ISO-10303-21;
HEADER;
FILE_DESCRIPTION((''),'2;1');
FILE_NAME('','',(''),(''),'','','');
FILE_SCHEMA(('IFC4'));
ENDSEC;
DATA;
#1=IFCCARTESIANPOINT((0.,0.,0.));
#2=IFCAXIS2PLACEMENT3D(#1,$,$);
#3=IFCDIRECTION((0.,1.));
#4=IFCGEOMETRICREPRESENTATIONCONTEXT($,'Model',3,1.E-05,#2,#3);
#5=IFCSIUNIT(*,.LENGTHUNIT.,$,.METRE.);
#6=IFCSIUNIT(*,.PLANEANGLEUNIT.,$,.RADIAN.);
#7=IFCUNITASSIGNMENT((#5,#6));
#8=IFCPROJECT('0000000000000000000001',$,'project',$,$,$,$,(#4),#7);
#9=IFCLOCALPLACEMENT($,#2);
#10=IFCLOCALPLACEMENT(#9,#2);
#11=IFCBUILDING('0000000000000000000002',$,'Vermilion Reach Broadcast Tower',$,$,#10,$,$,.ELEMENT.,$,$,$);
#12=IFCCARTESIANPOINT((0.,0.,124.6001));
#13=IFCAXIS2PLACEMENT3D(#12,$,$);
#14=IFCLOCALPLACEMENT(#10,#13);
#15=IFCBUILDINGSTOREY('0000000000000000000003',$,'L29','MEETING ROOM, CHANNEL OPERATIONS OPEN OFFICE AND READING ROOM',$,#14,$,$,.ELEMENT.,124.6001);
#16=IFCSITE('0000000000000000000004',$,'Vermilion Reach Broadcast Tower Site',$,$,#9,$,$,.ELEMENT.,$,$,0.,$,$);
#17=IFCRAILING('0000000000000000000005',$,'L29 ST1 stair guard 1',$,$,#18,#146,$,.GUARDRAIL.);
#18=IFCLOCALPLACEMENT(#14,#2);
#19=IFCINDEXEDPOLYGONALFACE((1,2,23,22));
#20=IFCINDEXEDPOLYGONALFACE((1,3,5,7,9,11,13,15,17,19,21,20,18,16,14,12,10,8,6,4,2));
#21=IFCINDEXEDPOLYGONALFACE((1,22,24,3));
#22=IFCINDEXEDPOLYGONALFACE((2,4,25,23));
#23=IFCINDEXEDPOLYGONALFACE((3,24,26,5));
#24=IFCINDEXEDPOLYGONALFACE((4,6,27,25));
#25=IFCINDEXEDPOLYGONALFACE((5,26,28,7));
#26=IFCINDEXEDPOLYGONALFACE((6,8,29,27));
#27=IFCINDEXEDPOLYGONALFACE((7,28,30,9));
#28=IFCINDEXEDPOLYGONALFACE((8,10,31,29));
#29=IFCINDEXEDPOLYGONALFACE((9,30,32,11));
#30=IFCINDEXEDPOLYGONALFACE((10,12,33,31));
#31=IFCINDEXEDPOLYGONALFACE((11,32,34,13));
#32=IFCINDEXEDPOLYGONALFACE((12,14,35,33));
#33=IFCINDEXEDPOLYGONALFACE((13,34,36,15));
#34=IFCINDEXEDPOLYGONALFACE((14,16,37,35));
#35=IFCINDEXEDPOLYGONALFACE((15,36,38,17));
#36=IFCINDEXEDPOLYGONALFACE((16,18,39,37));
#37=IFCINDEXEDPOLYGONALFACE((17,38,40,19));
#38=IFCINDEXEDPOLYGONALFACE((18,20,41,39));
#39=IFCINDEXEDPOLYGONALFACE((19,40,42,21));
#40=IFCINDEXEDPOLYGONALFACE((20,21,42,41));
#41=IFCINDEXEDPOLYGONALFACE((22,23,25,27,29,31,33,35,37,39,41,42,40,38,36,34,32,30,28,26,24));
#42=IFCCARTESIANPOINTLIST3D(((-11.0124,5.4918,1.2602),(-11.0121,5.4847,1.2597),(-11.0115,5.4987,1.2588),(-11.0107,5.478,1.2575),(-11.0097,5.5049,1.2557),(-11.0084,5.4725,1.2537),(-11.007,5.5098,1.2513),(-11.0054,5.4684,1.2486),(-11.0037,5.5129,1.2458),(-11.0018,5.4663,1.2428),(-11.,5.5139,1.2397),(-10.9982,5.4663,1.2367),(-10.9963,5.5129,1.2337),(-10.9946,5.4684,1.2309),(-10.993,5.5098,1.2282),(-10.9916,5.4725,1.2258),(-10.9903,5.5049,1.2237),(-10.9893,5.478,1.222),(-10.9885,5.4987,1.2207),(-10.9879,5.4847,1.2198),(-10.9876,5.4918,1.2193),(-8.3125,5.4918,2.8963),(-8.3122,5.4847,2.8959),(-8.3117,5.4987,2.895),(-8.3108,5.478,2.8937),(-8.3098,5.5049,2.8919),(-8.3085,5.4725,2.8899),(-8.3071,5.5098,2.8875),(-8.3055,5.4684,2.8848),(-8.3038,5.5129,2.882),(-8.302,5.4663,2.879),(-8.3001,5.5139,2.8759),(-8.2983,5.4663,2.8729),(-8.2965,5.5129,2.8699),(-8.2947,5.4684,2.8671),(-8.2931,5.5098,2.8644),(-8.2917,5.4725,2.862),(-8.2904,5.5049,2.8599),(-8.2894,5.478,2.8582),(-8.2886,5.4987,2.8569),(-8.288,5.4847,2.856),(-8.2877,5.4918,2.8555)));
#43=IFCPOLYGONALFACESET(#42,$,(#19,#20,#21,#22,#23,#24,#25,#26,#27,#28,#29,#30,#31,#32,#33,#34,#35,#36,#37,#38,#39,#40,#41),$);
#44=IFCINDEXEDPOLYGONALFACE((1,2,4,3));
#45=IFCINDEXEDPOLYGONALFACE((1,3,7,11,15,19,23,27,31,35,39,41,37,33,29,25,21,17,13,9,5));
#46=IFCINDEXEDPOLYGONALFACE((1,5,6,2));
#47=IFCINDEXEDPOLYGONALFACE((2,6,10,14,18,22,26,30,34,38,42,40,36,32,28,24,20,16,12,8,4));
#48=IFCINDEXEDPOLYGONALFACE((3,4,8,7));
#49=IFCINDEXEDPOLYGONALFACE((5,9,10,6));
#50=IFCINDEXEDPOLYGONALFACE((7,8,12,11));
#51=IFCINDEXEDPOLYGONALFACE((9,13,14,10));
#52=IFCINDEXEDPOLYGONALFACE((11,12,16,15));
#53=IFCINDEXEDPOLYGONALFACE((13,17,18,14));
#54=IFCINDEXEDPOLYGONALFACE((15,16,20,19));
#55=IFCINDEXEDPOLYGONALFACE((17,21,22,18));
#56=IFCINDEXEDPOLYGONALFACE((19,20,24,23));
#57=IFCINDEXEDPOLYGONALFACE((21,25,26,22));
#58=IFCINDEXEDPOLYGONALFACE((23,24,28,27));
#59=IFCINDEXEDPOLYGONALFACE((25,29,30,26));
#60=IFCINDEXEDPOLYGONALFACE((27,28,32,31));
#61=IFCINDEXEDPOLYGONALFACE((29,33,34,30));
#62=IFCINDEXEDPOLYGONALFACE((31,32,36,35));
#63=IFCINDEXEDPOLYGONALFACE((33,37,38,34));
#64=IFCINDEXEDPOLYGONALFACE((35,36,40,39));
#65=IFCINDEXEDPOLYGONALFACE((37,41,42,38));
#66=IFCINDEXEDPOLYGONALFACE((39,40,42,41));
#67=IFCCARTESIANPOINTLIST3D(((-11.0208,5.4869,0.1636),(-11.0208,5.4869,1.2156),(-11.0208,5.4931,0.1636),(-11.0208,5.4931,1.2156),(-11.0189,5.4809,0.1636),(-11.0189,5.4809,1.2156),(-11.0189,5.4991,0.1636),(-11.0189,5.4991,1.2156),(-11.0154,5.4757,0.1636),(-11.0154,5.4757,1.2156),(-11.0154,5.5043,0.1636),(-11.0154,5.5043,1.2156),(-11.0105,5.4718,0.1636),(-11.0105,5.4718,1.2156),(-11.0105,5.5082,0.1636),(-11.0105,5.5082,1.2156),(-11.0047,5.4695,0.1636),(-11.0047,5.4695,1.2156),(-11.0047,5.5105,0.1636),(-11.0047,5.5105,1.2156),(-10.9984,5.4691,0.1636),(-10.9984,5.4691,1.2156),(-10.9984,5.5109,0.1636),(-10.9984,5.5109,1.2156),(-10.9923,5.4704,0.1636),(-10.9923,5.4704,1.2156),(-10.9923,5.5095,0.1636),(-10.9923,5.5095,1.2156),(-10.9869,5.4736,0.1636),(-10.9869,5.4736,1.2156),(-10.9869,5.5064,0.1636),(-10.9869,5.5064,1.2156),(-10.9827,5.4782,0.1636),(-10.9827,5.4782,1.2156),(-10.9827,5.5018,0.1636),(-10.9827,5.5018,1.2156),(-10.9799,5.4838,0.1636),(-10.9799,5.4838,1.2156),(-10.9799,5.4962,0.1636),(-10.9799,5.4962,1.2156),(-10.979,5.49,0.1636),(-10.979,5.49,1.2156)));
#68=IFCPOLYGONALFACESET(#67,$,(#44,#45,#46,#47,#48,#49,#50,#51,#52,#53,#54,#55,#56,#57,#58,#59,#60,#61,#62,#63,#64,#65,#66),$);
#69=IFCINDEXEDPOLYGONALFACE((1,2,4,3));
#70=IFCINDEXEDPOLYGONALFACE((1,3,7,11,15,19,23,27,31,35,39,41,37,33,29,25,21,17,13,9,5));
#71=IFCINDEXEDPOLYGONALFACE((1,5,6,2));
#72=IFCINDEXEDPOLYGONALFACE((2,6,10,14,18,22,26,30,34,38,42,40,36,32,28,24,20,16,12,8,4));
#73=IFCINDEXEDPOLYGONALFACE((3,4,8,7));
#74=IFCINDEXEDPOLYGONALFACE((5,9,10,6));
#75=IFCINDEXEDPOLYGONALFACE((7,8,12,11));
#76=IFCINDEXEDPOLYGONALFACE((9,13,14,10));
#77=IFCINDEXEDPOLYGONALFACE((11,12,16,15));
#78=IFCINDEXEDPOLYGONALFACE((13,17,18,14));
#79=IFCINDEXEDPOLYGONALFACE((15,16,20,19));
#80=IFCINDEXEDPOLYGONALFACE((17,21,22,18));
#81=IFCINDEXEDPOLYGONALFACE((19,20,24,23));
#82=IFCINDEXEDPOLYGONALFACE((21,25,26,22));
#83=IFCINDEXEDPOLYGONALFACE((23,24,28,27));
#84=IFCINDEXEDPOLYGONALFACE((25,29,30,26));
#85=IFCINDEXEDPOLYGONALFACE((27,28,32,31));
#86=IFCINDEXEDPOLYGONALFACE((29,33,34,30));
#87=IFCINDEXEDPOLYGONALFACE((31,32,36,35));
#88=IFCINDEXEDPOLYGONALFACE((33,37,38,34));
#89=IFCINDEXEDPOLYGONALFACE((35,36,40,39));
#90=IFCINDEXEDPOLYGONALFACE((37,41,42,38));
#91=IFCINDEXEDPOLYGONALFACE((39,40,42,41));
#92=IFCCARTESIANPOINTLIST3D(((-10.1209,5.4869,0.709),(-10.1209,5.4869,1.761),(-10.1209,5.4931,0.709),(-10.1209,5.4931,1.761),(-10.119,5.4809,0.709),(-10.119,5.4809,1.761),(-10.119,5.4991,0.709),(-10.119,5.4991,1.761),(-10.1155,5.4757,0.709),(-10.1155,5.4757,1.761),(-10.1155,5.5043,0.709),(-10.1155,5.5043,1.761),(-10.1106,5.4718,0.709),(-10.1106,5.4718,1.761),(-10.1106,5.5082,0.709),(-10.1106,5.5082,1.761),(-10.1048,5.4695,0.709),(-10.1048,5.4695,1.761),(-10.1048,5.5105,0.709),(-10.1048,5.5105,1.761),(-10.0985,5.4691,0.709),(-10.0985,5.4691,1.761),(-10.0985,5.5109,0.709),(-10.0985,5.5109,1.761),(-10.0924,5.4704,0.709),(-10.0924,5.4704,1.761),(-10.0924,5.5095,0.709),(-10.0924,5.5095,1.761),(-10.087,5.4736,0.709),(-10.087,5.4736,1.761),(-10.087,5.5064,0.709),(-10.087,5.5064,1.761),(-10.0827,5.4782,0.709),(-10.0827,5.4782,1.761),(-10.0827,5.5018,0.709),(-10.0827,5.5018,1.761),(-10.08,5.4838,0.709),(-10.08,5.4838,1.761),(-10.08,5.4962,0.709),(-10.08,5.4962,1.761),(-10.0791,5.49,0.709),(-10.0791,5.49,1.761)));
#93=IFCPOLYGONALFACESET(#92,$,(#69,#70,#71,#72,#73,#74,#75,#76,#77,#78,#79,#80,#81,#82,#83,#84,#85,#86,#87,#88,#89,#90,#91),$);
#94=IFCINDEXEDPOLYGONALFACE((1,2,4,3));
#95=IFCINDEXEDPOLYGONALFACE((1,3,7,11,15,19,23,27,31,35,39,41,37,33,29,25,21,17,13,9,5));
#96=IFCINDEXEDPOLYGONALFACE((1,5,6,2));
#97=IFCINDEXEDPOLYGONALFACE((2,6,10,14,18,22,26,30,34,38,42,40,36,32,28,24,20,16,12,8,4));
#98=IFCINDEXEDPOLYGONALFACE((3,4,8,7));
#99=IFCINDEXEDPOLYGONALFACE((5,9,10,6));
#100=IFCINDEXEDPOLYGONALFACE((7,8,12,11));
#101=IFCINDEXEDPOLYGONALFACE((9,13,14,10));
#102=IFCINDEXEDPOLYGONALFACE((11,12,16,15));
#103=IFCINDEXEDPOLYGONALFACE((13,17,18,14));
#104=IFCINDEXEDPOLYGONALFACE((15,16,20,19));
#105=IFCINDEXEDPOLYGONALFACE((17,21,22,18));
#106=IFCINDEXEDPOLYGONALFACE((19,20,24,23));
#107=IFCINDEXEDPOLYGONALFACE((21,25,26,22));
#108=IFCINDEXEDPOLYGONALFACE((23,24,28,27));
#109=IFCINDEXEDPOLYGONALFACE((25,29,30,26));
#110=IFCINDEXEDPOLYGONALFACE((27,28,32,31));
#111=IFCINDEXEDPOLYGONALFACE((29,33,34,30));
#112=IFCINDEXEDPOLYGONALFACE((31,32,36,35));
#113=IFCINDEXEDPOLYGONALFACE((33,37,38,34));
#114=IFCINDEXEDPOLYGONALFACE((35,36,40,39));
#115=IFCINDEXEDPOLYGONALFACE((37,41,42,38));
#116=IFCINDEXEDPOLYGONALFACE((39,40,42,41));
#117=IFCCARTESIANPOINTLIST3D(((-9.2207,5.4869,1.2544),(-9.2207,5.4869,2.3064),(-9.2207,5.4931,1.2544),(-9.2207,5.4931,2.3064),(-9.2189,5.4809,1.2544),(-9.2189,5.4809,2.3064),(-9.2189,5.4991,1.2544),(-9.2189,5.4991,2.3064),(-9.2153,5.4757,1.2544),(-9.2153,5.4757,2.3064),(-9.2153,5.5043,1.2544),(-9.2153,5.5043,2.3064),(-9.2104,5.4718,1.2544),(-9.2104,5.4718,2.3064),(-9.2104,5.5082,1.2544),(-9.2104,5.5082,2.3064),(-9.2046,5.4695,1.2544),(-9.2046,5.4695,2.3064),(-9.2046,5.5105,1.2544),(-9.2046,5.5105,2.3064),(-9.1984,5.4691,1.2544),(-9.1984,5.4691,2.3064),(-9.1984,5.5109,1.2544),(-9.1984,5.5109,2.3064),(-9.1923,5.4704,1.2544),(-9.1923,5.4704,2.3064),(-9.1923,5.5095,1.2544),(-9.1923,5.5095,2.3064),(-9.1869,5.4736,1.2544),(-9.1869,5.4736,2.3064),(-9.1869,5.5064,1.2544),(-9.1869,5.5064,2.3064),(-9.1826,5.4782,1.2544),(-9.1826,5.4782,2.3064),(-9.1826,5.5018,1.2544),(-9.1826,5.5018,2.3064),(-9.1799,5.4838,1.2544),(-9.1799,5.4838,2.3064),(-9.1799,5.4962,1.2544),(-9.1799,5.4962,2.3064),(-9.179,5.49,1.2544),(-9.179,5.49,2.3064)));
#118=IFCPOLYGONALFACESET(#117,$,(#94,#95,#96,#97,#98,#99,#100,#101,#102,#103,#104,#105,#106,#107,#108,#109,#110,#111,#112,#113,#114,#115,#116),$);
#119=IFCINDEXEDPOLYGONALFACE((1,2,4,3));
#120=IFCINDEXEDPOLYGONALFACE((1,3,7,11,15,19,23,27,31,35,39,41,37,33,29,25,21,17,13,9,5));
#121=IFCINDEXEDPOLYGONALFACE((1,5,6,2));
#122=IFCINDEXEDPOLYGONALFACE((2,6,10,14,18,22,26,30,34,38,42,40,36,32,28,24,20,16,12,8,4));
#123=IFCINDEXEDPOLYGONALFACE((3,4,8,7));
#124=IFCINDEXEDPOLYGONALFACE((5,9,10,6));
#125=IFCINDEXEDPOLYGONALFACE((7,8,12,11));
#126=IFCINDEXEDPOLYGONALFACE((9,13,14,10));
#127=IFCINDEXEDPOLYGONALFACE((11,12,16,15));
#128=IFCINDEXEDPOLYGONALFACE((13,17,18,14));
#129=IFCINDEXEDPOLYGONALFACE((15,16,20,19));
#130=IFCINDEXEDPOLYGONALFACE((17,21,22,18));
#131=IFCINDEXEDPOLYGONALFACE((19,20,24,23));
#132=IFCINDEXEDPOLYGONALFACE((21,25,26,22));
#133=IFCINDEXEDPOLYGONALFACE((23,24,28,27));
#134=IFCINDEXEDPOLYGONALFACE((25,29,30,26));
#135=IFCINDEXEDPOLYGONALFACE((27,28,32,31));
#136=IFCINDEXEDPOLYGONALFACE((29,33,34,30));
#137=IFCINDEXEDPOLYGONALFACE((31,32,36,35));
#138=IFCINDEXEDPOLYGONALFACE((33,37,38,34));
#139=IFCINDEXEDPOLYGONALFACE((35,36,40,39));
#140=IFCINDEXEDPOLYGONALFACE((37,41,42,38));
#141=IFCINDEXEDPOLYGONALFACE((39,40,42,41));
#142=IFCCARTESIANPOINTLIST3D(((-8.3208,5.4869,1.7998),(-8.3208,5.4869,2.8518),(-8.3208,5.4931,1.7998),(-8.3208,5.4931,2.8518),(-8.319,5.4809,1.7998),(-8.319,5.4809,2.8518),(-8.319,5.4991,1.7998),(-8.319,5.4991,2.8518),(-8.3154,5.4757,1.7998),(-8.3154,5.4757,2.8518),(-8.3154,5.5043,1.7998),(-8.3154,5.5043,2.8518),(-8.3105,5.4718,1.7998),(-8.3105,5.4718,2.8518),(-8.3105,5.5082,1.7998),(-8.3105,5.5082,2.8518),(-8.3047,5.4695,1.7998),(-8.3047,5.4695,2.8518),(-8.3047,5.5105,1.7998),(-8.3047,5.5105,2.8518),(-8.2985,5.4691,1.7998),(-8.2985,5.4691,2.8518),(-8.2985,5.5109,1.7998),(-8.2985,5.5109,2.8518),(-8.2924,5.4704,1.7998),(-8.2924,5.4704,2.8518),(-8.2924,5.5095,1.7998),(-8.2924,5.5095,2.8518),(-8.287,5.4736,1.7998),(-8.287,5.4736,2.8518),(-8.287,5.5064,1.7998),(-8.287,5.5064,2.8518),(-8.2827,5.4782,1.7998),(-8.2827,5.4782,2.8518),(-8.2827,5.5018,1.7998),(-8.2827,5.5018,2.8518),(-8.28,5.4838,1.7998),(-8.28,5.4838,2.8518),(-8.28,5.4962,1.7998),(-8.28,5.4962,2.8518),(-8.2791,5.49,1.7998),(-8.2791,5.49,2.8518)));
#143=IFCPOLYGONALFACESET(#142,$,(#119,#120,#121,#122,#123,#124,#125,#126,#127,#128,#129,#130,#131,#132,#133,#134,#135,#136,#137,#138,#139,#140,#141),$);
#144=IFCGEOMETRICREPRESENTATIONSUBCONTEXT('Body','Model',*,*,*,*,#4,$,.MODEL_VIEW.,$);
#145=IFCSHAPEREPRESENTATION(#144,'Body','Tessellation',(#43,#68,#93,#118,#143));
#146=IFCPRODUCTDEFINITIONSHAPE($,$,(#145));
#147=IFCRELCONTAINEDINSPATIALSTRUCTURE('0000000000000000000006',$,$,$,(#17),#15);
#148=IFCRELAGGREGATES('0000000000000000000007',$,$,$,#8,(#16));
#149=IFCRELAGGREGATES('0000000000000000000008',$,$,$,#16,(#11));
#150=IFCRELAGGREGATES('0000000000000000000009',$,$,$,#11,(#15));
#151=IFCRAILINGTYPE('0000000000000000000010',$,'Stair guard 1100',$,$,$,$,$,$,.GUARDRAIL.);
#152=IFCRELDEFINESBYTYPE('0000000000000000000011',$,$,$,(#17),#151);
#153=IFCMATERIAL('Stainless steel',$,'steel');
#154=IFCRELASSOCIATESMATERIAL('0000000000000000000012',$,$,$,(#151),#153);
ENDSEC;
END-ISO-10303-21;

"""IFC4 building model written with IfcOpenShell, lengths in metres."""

from ifc_helpers import new_model, si_unit, direction, frame, origin, origin_2d, place, context, subcontext, project, spatial, circle, extrude, material, type_object, element, save


model = new_model("IFC4")

# Units and contexts
model_context = context("Model", 3, precision=1e-05, world=origin(), true_north=direction((0.0, 1.0)))
body_context = subcontext(model_context, "Body", "Model", "MODEL_VIEW")
ifc_project = project(units=[si_unit("LENGTHUNIT", "METRE"), si_unit("PLANEANGLEUNIT", "RADIAN")], contexts=[model_context])

# Site, building, storey
site_placement = place(None, origin())
site = spatial("IfcSite", under=ifc_project, at=site_placement, Name="Vermilion Reach Broadcast Tower Site", CompositionType="ELEMENT", RefElevation=0.0)
building_placement = place(site_placement, origin())
building = spatial("IfcBuilding", under=site, at=building_placement, Name="Vermilion Reach Broadcast Tower", CompositionType="ELEMENT")
storey_placement = place(building_placement, frame((0.0, 0.0, 124.6001)))
storey = spatial("IfcBuildingStorey", under=building, at=storey_placement, Name="L29", Description="MEETING ROOM, CHANNEL OPERATIONS OPEN OFFICE AND READING ROOM", CompositionType="ELEMENT", Elevation=124.6001)

# Railing
ifc_material_1 = material(Name="Stainless steel", Category="steel")
railing_type_1 = type_object("IfcRailingType", Name="Stair guard 1100", PredefinedType="GUARDRAIL", material=ifc_material_1)
railing_1_placement = place(storey_placement, frame((-11.0, 5.49, 0.1636)))
element("IfcRailing", 1, at=railing_1_placement, inside=storey, type_object=railing_type_1, Name="L29 ST1 stair guard 1", PredefinedType="GUARDRAIL", context=body_context, shape_type="SweptSolid", body=[
    extrude(circle(Radius=0.0239, at=origin_2d()), frame((0.0, 0.0, 1.0762), z_axis=(0.855212, 0.0, 0.518278), x_axis=(0.0, 1.0, 0.0)), (0.0, 0.0, 1.0), 3.157),
    extrude(circle(Radius=0.021, at=origin_2d()), origin(), (0.0, 0.0, 1.0), 1.052),
    extrude(circle(Radius=0.021, at=origin_2d()), frame((0.8999, 0.0, 0.5454)), (0.0, 0.0, 1.0), 1.052),
    extrude(circle(Radius=0.021, at=origin_2d()), frame((1.8, 0.0, 1.0908)), (0.0, 0.0, 1.0), 1.052),
    extrude(circle(Radius=0.021, at=origin_2d()), frame((2.7, 0.0, 1.6362)), (0.0, 0.0, 1.0), 1.052),
])

save(model, "model.ifc")
